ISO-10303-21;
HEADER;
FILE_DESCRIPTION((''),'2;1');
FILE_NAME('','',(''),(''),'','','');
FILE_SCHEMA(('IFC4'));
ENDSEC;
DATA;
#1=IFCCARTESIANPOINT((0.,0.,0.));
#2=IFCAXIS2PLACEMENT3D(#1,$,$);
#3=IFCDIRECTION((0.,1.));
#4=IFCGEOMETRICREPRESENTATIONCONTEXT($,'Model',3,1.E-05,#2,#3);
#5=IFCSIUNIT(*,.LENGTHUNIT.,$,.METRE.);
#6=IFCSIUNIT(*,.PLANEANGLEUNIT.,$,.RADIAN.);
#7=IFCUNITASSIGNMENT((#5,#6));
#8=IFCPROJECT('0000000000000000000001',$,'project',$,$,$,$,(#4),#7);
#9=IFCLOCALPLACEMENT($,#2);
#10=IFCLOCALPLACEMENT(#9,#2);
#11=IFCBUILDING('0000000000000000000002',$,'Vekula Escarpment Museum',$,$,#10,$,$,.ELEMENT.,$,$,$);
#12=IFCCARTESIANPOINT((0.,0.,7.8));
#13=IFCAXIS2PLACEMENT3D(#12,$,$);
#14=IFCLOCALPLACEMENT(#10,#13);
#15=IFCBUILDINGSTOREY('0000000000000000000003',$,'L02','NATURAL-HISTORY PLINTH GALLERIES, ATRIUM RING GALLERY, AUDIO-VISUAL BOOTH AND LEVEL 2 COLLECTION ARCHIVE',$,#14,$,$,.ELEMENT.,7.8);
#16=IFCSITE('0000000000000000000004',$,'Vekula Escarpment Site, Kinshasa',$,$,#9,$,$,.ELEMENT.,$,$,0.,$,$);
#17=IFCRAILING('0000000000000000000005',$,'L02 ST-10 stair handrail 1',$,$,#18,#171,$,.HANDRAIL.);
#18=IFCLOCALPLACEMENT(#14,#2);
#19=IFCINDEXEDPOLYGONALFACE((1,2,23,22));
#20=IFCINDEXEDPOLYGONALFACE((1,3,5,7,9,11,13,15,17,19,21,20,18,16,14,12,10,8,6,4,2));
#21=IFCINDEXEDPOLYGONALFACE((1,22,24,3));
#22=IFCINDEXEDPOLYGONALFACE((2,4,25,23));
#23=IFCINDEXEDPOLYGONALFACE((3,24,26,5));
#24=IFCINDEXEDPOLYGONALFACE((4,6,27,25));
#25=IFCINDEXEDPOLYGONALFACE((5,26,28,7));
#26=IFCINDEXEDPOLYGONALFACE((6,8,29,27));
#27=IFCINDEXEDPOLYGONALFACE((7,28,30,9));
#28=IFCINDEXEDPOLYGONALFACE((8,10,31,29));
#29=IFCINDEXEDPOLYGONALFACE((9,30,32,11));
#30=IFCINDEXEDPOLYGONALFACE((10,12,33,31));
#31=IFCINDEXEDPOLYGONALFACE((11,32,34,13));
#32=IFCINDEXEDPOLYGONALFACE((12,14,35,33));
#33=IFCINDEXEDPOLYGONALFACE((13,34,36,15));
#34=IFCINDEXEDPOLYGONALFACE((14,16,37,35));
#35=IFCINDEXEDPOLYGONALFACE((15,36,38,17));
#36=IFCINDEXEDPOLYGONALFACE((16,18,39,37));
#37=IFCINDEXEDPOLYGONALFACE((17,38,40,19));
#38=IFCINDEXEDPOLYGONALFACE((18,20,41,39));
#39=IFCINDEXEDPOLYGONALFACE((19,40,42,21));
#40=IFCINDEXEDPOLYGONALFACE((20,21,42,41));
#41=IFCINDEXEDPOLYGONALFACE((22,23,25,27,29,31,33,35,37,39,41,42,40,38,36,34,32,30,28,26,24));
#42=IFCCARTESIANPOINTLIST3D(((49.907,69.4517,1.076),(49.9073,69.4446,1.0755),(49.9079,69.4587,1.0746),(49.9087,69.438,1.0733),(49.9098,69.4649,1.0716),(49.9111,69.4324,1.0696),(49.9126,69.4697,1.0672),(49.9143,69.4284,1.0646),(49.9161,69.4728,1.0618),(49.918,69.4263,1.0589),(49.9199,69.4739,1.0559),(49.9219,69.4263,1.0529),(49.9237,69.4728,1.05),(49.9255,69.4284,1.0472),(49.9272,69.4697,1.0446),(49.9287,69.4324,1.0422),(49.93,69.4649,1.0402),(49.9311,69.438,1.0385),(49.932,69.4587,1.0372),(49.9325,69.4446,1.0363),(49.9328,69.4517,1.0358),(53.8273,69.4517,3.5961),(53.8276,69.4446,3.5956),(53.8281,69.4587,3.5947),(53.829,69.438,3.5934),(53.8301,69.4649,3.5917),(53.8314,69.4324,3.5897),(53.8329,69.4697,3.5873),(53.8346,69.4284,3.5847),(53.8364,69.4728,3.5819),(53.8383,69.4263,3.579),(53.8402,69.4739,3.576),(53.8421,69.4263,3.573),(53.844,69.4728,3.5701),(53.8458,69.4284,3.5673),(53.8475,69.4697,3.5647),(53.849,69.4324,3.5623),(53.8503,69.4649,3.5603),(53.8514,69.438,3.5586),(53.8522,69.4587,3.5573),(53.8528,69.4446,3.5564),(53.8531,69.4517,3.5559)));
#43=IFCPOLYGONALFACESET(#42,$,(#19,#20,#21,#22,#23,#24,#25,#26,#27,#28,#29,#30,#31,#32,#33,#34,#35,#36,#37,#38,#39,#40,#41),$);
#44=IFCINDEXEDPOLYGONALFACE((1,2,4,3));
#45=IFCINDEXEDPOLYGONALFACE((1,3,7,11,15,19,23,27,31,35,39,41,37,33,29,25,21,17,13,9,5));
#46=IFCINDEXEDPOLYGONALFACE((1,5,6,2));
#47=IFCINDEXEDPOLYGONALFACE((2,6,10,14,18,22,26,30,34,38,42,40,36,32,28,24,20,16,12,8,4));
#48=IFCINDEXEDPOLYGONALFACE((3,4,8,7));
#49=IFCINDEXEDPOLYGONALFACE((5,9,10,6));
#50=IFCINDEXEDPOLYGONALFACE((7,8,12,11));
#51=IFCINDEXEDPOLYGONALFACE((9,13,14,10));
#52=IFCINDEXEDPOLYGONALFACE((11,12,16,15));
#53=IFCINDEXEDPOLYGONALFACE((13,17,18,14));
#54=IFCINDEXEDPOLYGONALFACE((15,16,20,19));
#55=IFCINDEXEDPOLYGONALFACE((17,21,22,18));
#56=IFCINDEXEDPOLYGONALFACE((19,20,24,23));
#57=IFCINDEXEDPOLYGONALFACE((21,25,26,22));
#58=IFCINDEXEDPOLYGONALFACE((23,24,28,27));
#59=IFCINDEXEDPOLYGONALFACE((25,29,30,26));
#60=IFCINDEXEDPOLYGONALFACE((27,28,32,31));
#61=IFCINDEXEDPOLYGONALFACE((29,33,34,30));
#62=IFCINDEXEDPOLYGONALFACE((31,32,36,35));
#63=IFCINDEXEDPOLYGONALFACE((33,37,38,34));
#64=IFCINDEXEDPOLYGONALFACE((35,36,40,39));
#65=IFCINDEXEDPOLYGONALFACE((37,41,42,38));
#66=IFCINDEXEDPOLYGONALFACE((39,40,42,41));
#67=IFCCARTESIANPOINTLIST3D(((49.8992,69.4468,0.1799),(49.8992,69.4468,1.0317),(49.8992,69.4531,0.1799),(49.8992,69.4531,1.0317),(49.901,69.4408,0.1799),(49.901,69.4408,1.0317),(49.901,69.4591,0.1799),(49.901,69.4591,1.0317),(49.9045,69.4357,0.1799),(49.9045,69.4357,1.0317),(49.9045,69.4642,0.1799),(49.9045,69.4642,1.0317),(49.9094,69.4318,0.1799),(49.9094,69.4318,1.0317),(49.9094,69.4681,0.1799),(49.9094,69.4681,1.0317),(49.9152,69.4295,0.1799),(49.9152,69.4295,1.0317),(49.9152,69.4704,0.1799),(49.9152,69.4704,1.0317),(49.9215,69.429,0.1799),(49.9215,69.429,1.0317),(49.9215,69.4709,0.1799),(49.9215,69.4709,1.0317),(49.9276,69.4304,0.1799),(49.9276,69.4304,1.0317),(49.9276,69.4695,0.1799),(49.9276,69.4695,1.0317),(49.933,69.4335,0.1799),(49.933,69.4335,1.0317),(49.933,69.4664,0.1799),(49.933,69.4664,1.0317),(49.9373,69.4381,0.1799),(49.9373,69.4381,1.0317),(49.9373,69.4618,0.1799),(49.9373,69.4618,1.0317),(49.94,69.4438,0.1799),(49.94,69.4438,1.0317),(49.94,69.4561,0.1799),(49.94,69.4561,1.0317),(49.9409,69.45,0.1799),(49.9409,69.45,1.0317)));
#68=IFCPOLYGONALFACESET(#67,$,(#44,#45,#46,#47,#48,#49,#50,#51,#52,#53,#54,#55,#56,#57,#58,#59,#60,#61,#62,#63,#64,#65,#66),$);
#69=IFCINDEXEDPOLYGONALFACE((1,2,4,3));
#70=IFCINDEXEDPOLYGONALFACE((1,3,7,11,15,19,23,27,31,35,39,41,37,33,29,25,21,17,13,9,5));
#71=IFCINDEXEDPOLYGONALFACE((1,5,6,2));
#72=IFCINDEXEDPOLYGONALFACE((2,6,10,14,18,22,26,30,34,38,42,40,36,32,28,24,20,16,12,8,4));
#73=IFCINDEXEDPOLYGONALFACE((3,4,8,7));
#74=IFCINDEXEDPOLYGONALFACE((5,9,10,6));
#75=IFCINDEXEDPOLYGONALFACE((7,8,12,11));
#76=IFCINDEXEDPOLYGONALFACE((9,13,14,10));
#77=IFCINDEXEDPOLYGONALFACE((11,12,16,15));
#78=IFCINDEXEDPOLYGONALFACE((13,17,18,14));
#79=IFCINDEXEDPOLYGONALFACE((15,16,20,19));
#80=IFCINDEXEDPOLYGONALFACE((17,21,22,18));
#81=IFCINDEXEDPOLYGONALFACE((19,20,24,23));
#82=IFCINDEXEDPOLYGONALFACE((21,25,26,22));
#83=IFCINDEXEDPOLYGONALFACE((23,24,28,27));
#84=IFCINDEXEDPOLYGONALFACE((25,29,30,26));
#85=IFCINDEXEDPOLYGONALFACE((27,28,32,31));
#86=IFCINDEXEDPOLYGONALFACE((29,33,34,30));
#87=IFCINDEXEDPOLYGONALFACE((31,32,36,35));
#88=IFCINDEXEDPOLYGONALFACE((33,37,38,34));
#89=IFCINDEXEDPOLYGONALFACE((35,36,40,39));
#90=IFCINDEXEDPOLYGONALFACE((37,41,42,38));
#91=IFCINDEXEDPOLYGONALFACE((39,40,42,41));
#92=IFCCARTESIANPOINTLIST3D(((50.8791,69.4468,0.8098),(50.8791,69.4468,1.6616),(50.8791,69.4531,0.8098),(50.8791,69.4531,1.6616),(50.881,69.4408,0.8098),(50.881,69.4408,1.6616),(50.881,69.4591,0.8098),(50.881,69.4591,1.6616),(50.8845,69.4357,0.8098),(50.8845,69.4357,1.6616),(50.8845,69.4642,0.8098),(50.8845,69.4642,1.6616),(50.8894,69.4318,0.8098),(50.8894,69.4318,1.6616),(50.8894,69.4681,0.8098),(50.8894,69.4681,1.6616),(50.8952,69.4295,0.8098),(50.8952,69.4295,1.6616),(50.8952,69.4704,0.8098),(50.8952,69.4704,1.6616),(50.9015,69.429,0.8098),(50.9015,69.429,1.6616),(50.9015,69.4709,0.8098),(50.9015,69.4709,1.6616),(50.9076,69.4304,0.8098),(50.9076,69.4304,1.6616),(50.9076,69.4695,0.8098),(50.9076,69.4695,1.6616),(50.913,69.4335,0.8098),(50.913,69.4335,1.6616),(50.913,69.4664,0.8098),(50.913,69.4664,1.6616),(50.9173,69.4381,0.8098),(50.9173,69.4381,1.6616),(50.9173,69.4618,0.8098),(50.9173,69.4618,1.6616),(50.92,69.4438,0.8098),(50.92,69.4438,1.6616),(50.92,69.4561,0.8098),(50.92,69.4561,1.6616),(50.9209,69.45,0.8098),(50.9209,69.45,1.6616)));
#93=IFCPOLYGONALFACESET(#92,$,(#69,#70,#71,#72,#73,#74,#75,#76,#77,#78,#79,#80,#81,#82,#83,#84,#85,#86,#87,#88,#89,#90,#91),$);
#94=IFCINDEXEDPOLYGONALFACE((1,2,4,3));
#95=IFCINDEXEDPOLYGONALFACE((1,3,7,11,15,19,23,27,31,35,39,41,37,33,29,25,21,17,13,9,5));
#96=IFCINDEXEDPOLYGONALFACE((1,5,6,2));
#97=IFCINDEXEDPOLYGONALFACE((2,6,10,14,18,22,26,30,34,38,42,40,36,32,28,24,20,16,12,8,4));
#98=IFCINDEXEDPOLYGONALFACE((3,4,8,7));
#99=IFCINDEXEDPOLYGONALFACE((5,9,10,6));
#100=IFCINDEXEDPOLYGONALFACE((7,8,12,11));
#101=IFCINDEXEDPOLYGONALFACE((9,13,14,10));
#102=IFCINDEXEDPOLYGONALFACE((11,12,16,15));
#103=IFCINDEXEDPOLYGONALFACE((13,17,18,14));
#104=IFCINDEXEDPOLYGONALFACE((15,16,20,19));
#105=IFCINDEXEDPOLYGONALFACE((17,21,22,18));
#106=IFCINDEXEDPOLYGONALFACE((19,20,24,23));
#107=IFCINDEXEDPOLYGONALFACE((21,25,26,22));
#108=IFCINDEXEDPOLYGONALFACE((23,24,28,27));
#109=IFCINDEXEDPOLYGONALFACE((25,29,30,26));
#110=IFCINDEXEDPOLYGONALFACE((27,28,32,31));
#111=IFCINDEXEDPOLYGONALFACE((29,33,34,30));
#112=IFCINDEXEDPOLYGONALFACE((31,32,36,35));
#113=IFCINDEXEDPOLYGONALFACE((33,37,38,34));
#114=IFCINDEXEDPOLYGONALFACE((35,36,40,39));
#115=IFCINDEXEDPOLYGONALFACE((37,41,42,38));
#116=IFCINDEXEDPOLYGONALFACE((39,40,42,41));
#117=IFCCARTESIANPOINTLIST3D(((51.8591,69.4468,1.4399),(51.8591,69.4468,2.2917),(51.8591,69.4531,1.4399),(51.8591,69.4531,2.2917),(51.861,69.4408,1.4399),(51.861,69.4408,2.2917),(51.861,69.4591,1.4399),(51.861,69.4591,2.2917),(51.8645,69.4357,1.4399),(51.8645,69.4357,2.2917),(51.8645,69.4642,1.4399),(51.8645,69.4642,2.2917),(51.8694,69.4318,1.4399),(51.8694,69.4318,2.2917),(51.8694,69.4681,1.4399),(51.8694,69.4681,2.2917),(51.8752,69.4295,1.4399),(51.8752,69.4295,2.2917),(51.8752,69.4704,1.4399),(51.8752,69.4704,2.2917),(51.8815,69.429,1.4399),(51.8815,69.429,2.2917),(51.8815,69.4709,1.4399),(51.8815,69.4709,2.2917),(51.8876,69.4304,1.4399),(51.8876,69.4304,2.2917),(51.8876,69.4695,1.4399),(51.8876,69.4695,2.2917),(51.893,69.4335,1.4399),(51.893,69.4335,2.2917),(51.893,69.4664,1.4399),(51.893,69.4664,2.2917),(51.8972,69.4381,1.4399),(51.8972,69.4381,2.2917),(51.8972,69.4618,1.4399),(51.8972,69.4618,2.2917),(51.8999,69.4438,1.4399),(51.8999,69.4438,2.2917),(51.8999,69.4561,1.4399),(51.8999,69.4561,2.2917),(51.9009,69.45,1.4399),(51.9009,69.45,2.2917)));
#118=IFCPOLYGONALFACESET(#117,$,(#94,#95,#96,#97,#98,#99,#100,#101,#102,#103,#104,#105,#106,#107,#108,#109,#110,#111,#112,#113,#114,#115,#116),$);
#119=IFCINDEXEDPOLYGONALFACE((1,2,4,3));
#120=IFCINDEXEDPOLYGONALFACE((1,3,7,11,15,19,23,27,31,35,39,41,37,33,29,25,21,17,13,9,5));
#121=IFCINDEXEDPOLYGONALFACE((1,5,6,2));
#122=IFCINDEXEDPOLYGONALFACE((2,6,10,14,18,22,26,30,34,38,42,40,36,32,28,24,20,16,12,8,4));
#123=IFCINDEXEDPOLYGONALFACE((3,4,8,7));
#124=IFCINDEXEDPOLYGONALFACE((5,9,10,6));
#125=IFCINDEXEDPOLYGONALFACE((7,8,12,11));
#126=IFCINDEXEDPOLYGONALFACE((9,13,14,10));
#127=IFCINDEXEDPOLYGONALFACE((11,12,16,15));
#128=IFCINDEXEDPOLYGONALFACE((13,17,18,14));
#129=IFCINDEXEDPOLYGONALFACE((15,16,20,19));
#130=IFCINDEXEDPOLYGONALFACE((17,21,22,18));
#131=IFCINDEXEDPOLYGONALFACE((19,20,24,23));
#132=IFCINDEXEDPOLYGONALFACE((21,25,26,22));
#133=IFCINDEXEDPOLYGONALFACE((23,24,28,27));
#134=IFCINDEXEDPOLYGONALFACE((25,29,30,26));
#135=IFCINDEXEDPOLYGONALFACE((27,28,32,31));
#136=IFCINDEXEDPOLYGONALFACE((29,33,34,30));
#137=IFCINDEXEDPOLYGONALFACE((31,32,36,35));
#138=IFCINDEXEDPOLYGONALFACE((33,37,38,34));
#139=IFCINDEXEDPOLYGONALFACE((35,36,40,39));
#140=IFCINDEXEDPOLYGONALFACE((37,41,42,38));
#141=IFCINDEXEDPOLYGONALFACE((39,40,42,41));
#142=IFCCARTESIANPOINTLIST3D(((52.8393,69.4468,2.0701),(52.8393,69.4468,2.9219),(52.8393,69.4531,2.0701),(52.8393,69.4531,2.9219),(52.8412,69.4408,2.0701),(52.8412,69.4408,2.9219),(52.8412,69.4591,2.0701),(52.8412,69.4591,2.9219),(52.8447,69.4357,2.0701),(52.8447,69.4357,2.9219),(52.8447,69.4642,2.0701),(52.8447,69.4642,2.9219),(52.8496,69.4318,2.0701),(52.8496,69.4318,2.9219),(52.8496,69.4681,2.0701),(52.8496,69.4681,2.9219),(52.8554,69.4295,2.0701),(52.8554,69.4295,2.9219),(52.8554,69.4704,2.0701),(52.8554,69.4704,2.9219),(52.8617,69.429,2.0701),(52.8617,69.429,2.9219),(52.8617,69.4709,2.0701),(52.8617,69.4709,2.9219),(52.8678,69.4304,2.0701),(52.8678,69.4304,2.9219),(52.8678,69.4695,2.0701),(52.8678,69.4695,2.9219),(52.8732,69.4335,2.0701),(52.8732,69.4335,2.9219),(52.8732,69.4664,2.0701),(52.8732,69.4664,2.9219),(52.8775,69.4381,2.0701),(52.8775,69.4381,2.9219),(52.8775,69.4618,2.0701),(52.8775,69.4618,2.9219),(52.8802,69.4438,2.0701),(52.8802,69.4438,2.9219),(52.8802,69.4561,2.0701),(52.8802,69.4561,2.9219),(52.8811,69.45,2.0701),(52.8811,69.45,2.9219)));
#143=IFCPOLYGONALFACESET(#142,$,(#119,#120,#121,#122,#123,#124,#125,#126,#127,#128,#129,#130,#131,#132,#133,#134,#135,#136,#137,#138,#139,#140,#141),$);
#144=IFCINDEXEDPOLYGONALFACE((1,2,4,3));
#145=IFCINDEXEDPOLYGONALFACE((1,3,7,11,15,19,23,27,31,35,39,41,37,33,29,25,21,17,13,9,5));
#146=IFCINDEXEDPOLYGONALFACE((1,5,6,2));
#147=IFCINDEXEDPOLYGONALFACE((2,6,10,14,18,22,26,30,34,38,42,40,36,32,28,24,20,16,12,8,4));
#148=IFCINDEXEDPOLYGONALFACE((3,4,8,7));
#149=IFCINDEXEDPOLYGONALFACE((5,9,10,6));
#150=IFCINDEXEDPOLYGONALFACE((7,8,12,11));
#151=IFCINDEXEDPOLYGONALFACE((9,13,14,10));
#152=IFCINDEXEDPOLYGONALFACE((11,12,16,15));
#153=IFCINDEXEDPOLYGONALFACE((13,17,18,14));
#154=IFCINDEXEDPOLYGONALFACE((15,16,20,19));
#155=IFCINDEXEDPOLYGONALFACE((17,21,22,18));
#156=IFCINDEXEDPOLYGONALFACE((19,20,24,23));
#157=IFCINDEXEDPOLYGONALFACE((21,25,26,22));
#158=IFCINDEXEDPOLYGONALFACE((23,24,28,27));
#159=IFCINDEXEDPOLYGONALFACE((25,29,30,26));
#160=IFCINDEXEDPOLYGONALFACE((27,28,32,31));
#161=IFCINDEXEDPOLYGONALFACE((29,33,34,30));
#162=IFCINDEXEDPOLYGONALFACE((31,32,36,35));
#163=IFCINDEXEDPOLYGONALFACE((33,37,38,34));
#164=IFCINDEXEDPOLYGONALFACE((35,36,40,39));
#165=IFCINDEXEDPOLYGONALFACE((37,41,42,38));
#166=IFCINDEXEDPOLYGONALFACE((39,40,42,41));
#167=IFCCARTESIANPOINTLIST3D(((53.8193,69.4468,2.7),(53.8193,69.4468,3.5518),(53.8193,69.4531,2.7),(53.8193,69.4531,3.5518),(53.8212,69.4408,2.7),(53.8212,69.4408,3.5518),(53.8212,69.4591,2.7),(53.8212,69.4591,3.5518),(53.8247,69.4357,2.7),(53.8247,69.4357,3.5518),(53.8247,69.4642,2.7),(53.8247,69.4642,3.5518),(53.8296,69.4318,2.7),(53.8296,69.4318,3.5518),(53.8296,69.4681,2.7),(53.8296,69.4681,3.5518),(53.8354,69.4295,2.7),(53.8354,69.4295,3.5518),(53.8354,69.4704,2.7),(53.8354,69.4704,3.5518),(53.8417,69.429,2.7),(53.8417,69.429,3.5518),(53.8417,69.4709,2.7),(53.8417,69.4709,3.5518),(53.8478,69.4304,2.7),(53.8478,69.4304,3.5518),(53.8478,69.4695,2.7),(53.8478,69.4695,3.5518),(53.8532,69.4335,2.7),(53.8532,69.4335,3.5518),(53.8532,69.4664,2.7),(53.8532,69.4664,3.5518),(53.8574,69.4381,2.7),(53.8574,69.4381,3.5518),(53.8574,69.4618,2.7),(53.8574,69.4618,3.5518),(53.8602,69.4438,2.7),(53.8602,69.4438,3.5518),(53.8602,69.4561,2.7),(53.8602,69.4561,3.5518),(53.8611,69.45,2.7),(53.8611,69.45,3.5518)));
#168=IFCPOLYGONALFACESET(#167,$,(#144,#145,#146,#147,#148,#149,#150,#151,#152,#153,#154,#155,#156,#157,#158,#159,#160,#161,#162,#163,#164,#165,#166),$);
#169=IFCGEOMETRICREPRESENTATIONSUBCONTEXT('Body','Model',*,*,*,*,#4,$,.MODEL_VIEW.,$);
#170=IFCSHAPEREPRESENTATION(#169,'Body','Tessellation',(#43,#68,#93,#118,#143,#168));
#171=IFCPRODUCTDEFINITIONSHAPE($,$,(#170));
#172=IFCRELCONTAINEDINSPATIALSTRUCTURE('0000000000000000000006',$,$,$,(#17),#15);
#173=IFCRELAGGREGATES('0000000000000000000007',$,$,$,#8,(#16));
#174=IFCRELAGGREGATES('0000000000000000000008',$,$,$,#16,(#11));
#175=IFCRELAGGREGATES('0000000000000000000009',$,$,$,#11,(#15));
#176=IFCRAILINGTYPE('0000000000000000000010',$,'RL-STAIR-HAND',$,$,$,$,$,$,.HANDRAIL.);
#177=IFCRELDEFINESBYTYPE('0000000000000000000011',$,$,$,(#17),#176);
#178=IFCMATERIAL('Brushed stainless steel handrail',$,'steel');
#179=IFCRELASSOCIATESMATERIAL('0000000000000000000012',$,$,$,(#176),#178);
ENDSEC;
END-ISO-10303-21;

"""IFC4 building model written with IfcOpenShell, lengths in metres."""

from ifc_helpers import new_model, si_unit, direction, frame, origin, origin_2d, place, context, subcontext, project, spatial, circle, extrude, material, type_object, element, save


model = new_model("IFC4")

# Units and contexts
model_context = context("Model", 3, precision=1e-05, world=origin(), true_north=direction((0.0, 1.0)))
body_context = subcontext(model_context, "Body", "Model", "MODEL_VIEW")
ifc_project = project(units=[si_unit("LENGTHUNIT", "METRE"), si_unit("PLANEANGLEUNIT", "RADIAN")], contexts=[model_context])

# Site, building, storey
site_placement = place(None, origin())
site = spatial("IfcSite", under=ifc_project, at=site_placement, Name="Vekula Escarpment Site, Kinshasa", CompositionType="ELEMENT", RefElevation=0.0)
building_placement = place(site_placement, origin())
building = spatial("IfcBuilding", under=site, at=building_placement, Name="Vekula Escarpment Museum", CompositionType="ELEMENT")
storey_placement = place(building_placement, frame((0.0, 0.0, 7.8)))
storey = spatial("IfcBuildingStorey", under=building, at=storey_placement, Name="L02", Description="NATURAL-HISTORY PLINTH GALLERIES, ATRIUM RING GALLERY, AUDIO-VISUAL BOOTH AND LEVEL 2 COLLECTION ARCHIVE", CompositionType="ELEMENT", Elevation=7.8)

# Railing
ifc_material_1 = material(Name="Brushed stainless steel handrail", Category="steel")
railing_type_1 = type_object("IfcRailingType", Name="RL-STAIR-HAND", PredefinedType="HANDRAIL", material=ifc_material_1)
railing_1_placement = place(storey_placement, frame((49.9199, 69.45, 0.1799)))
element("IfcRailing", 1, at=railing_1_placement, inside=storey, type_object=railing_type_1, Name="L02 ST-10 stair handrail 1", PredefinedType="HANDRAIL", context=body_context, shape_type="SweptSolid", body=[
    extrude(circle(Radius=0.0239, at=origin_2d()), frame((0.0, 0.0, 0.876), z_axis=(0.841187, 0.0, 0.540744), x_axis=(0.0, 1.0, 0.0)), (0.0, 0.0, 1.0), 4.6604),
    extrude(circle(Radius=0.021, at=origin_2d()), origin(), (0.0, 0.0, 1.0), 0.8518),
    extrude(circle(Radius=0.021, at=origin_2d()), frame((0.98, 0.0, 0.6299)), (0.0, 0.0, 1.0), 0.8518),
    extrude(circle(Radius=0.021, at=origin_2d()), frame((1.96, 0.0, 1.26)), (0.0, 0.0, 1.0), 0.8518),
    extrude(circle(Radius=0.021, at=origin_2d()), frame((2.9402, 0.0, 1.8901)), (0.0, 0.0, 1.0), 0.8518),
    extrude(circle(Radius=0.021, at=origin_2d()), frame((3.9202, 0.0, 2.52)), (0.0, 0.0, 1.0), 0.8518),
])

save(model, "model.ifc")
